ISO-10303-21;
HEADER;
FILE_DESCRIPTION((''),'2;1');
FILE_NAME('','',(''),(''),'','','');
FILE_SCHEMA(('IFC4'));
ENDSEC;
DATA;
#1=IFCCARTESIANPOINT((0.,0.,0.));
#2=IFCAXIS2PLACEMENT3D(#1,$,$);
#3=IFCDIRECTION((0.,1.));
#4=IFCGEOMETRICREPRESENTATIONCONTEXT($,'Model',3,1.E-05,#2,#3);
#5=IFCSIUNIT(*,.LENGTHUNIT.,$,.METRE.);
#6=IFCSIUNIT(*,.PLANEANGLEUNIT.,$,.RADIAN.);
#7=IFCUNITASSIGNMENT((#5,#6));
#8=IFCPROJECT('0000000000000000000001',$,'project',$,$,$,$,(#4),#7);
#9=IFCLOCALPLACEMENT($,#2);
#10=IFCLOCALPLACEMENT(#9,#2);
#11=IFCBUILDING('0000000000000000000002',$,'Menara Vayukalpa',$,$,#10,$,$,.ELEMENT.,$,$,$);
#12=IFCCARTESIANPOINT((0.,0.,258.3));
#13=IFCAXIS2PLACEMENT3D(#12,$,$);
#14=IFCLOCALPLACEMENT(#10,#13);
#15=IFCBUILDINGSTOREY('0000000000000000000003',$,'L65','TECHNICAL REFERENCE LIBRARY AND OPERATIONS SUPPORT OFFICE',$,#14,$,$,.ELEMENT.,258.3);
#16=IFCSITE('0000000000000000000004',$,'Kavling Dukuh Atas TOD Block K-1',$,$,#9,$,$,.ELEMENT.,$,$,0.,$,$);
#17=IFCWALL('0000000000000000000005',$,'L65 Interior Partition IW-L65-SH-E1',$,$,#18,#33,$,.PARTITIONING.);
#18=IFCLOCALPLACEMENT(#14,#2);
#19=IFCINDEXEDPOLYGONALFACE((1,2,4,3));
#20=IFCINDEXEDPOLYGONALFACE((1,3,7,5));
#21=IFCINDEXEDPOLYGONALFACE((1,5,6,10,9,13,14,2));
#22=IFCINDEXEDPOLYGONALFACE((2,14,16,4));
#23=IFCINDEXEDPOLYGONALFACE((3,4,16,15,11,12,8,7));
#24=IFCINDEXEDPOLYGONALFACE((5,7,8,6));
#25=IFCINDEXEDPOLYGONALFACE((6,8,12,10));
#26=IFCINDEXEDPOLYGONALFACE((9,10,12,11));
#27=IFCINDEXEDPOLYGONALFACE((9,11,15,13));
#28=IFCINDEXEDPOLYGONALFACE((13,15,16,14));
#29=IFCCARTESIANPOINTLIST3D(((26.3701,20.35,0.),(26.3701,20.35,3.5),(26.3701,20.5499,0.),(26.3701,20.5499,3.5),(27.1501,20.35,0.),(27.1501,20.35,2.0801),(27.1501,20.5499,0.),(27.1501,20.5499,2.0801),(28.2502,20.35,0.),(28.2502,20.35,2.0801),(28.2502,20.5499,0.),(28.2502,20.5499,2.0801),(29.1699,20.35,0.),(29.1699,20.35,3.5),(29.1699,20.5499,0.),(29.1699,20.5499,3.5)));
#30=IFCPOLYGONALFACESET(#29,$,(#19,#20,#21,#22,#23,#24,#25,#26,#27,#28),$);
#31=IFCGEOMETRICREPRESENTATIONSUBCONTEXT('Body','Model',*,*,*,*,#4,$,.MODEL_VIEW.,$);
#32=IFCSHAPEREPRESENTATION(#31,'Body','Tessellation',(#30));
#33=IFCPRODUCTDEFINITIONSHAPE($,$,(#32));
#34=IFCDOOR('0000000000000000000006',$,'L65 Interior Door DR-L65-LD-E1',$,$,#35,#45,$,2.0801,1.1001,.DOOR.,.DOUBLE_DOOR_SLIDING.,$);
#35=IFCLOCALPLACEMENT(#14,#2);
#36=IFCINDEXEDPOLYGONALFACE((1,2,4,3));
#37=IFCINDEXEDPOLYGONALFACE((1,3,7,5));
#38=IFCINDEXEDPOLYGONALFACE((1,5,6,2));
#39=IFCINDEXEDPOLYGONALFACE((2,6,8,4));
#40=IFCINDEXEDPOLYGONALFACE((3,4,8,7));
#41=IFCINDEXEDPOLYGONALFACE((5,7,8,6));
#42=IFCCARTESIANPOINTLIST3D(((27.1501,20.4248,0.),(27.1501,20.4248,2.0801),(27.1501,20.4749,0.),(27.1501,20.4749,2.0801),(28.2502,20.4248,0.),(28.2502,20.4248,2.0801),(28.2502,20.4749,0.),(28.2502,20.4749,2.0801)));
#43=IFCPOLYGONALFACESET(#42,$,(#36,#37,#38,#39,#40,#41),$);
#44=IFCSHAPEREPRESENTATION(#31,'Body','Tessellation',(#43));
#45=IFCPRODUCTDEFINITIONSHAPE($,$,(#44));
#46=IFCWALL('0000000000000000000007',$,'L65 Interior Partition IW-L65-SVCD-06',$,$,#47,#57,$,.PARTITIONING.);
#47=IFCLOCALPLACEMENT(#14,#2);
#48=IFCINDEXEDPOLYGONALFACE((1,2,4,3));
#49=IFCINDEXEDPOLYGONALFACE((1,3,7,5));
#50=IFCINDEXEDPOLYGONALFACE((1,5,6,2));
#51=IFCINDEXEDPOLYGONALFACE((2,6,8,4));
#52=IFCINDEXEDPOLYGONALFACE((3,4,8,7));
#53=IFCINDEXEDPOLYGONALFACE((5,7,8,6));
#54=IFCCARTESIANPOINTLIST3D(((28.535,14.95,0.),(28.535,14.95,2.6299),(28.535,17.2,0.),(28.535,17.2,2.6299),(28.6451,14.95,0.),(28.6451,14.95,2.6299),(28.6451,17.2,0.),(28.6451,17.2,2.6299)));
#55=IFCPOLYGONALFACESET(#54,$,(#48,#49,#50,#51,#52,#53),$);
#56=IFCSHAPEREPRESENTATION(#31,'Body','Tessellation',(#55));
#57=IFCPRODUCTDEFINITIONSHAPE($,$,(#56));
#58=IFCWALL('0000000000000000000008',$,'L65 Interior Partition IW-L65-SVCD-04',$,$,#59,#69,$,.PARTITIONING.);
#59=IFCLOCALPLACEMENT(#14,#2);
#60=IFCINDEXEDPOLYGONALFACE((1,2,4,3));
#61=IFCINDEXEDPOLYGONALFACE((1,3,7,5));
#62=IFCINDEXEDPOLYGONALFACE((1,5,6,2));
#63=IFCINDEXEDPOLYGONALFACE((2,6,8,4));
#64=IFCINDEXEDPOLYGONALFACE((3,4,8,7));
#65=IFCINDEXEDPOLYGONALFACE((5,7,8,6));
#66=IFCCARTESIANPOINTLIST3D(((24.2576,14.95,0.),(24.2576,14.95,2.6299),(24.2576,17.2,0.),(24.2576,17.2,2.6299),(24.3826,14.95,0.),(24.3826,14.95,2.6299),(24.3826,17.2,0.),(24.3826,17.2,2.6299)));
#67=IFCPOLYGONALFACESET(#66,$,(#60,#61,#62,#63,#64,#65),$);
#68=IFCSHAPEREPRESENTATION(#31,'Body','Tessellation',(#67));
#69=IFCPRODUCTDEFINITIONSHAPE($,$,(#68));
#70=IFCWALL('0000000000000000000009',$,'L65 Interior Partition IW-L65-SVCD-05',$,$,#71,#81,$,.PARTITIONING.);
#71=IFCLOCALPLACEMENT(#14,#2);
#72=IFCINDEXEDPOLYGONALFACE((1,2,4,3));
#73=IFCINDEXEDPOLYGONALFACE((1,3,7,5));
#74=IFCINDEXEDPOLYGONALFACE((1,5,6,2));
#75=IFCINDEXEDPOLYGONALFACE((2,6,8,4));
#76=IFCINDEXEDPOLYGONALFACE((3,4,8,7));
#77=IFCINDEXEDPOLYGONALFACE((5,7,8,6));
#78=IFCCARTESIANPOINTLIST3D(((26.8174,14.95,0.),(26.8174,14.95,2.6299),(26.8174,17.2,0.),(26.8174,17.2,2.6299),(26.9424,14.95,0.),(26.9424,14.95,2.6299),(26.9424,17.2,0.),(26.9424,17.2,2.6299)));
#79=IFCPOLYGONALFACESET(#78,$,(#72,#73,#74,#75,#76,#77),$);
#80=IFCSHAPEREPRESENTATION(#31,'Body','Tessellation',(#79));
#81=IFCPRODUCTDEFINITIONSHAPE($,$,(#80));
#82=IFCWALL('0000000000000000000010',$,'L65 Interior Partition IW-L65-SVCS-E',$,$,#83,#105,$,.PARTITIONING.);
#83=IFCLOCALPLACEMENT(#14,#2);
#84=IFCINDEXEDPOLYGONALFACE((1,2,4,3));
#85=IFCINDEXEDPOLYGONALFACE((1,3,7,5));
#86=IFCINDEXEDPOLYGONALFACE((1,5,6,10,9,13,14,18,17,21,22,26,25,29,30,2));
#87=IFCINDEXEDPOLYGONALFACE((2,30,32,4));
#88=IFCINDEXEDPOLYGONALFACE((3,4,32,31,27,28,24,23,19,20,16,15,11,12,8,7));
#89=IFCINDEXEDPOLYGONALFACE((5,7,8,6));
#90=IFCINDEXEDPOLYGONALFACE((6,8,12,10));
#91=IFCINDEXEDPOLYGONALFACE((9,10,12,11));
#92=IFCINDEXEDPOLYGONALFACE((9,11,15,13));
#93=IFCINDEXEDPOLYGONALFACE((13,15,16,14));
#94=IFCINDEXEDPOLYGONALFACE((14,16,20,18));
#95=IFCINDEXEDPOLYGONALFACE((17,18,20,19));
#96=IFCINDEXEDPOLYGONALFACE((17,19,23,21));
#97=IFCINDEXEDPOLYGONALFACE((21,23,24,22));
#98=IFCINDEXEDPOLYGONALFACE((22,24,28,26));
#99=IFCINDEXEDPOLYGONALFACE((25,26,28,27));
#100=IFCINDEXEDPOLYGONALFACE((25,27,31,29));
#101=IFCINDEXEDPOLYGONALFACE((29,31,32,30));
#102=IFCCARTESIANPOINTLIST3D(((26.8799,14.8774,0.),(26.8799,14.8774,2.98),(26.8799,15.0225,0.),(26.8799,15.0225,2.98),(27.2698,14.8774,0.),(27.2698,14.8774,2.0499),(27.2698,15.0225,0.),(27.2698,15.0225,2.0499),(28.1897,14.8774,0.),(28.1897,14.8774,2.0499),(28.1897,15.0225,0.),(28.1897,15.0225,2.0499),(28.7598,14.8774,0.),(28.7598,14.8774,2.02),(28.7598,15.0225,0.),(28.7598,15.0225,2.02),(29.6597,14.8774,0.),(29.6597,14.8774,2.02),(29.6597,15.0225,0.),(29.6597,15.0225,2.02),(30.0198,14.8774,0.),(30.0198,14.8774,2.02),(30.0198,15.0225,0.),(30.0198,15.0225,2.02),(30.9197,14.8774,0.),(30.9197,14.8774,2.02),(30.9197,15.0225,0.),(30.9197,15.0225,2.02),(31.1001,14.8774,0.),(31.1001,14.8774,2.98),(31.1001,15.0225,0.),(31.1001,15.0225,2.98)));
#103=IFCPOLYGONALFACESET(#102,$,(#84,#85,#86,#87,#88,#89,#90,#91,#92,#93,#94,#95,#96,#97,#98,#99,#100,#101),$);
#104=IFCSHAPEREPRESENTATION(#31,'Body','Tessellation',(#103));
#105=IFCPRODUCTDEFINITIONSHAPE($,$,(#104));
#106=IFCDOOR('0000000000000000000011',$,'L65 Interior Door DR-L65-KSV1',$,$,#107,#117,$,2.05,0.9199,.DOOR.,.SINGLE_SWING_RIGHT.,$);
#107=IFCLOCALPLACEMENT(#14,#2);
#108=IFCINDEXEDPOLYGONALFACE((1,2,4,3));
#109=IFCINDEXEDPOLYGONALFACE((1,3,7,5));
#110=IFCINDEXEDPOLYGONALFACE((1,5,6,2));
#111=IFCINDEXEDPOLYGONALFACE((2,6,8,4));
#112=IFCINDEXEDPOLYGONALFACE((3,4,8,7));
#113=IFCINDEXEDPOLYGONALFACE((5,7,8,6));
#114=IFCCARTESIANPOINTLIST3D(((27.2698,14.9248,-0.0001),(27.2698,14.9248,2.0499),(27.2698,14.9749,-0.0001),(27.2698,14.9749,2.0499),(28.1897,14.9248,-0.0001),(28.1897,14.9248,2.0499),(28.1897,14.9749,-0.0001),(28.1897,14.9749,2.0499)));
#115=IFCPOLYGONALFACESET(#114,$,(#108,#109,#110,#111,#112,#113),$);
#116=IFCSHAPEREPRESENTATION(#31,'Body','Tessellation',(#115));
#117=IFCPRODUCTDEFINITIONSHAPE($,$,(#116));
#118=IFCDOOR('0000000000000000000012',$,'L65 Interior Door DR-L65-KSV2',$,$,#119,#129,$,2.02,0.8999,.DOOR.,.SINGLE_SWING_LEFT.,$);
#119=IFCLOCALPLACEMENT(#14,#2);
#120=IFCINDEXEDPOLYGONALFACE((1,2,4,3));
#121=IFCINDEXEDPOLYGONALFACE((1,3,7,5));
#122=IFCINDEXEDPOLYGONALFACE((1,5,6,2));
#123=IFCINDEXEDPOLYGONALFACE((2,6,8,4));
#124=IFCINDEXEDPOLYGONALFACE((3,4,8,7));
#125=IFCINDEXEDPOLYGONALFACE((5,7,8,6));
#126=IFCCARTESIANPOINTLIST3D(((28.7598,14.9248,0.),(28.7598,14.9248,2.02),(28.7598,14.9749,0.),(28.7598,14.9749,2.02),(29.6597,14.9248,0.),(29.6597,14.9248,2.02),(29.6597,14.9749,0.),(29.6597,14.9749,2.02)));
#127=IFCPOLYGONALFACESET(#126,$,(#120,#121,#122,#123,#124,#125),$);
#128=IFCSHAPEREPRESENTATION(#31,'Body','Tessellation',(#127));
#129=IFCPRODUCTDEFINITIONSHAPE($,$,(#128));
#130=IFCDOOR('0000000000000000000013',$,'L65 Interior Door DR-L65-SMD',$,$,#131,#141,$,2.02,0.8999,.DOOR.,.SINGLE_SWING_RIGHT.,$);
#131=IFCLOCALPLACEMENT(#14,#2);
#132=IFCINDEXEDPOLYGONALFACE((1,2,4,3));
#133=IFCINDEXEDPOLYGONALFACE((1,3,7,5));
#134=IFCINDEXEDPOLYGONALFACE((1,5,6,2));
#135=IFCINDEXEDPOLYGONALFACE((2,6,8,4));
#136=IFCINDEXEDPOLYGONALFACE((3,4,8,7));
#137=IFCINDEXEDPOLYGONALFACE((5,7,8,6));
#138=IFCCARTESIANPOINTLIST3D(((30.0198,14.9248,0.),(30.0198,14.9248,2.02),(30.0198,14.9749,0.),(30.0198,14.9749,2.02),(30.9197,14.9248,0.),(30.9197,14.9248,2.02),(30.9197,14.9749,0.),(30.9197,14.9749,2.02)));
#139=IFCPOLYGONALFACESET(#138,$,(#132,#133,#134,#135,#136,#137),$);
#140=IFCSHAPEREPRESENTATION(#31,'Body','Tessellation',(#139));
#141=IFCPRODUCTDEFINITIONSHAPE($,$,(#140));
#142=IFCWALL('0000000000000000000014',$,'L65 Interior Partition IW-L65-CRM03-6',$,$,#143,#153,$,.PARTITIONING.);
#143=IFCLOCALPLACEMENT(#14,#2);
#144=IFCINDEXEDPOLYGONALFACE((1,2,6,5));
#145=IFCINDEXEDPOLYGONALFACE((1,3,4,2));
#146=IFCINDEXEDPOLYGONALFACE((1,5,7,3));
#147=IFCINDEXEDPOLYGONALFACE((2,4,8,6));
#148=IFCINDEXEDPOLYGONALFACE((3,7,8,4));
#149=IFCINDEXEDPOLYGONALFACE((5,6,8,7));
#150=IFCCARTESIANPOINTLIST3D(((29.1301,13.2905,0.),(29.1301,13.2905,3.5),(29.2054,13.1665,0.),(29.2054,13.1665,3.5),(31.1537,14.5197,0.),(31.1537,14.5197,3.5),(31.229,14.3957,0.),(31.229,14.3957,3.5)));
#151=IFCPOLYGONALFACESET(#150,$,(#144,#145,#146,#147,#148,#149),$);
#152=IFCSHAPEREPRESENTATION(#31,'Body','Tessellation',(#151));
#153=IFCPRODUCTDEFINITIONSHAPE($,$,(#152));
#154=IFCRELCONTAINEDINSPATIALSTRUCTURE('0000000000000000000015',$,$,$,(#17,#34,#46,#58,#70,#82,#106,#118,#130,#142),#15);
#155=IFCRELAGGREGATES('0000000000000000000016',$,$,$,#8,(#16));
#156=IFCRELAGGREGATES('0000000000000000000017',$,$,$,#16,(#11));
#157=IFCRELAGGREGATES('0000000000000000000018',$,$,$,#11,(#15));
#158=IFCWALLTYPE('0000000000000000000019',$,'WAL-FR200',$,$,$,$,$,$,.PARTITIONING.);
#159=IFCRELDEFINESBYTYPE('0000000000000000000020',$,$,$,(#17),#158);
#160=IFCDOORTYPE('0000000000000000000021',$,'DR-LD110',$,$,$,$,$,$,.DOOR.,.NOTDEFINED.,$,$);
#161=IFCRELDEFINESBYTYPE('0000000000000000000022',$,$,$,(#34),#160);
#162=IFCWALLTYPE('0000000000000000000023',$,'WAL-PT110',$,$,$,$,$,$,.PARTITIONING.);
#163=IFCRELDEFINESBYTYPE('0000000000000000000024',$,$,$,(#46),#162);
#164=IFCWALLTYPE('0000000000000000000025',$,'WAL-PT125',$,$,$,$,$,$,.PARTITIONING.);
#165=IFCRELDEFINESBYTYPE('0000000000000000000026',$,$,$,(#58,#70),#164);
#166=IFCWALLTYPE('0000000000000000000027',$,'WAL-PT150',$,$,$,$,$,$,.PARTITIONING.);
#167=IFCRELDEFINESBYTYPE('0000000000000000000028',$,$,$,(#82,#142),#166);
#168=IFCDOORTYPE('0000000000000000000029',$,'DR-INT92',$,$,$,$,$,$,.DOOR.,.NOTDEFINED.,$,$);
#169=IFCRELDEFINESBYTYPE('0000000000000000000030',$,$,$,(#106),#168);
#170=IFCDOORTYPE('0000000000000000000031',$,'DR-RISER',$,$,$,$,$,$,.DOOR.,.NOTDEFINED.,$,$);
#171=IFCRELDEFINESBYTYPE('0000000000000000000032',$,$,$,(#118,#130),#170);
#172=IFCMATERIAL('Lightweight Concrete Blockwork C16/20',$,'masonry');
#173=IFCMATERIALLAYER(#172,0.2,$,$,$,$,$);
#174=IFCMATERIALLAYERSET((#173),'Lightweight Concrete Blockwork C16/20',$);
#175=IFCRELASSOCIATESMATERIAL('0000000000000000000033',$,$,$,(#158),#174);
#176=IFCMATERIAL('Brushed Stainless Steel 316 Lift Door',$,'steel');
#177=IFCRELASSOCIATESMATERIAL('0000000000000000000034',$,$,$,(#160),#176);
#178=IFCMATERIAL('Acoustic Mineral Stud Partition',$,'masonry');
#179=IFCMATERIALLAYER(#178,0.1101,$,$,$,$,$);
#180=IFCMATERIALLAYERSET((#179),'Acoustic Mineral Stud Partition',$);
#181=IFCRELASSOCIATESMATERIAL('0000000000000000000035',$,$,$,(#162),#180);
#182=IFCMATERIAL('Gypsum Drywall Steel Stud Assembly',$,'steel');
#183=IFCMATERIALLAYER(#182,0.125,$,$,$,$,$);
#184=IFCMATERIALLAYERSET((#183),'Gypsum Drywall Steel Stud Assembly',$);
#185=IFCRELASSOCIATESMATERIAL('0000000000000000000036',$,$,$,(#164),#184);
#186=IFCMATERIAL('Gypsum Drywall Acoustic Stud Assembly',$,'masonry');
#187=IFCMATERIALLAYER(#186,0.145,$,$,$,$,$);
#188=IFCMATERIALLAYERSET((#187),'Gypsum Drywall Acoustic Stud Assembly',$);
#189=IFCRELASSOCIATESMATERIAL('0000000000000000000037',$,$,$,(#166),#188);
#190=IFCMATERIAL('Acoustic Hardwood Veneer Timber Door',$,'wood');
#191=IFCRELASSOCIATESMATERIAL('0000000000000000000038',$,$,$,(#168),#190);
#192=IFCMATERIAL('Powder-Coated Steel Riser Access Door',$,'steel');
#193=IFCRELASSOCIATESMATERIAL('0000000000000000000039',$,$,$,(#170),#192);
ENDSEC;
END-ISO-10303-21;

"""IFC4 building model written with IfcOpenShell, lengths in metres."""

from ifc_helpers import new_model, si_unit, direction, frame, frame_2d, origin, place, context, subcontext, project, spatial, rectangle, extrude, material, layer, layer_set, type_object, element, fill, save


model = new_model("IFC4")

# Units and contexts
model_context = context("Model", 3, precision=1e-05, world=origin(), true_north=direction((0.0, 1.0)))
body_context = subcontext(model_context, "Body", "Model", "MODEL_VIEW")
ifc_project = project(units=[si_unit("LENGTHUNIT", "METRE"), si_unit("PLANEANGLEUNIT", "RADIAN")], contexts=[model_context])

# Site, building, storey
site_placement = place(None, origin())
site = spatial("IfcSite", under=ifc_project, at=site_placement, Name="Kavling Dukuh Atas TOD Block K-1", CompositionType="ELEMENT", RefElevation=0.0)
building_placement = place(site_placement, origin())
building = spatial("IfcBuilding", under=site, at=building_placement, Name="Menara Vayukalpa", CompositionType="ELEMENT")
storey_placement = place(building_placement, frame((0.0, 0.0, 258.3)))
storey = spatial("IfcBuildingStorey", under=building, at=storey_placement, Name="L65", Description="TECHNICAL REFERENCE LIBRARY AND OPERATIONS SUPPORT OFFICE", CompositionType="ELEMENT", Elevation=258.3)

# Wall, opening, door
ifc_material_1 = material(Name="Lightweight Concrete Blockwork C16/20", Category="masonry")
ifc_layer_1 = layer(ifc_material_1, 0.2)
ifc_layer_set_1 = layer_set([ifc_layer_1], Name="Lightweight Concrete Blockwork C16/20")
wall_type_1 = type_object("IfcWallType", Name="WAL-FR200", PredefinedType="PARTITIONING", material=ifc_layer_set_1)
wall_1_placement = place(storey_placement, frame((26.3701, 20.45, 0.0), z_axis=(0.0, 0.0, 1.0), x_axis=(1.0, 0.0, 0.0)))
wall_1 = element("IfcWall", 1, at=wall_1_placement, inside=storey, type_object=wall_type_1, Name="L65 Interior Partition IW-L65-SH-E1", PredefinedType="PARTITIONING", context=body_context, shape_type="SweptSolid", body=[
    extrude(rectangle(XDim=2.7998, YDim=0.2, at=frame_2d((1.3999, 0.0))), origin(), (0.0, 0.0, 1.0), 3.5),
])
opening_1_placement = place(wall_1_placement, frame((0.78, 0.0, 0.0)))
opening_1 = element("IfcOpeningElement", 2, at=opening_1_placement, cuts=wall_1, PredefinedType="OPENING", context=body_context, shape_type="SweptSolid", body=[
    extrude(rectangle(XDim=1.1001, YDim=2.0801, at=frame_2d((0.55, 1.04))), frame((0.0, 0.1099, 0.0), z_axis=(0.0, -1.0, 0.0), x_axis=(1.0, 0.0, 0.0)), (0.0, 0.0, 1.0), 0.22),
])
ifc_material_2 = material(Name="Brushed Stainless Steel 316 Lift Door", Category="steel")
door_type_1 = type_object("IfcDoorType", Name="DR-LD110", OperationType="NOTDEFINED", PredefinedType="DOOR", material=ifc_material_2)
door_1_placement = place(opening_1_placement, origin())
door_1 = element("IfcDoor", 3, at=door_1_placement, inside=storey, type_object=door_type_1, Name="L65 Interior Door DR-L65-LD-E1", OperationType="DOUBLE_DOOR_SLIDING", OverallHeight=2.0801, OverallWidth=1.1001, PredefinedType="DOOR", context=body_context, shape_type="SweptSolid", body=[
    extrude(rectangle(XDim=1.1001, YDim=2.0801, at=frame_2d((0.55, 1.04))), frame((0.0, 0.0249, 0.0), z_axis=(0.0, -1.0, 0.0), x_axis=(1.0, 0.0, 0.0)), (0.0, 0.0, 1.0), 0.05),
])
fill(opening_1, door_1)

# Walls
ifc_material_3 = material(Name="Acoustic Mineral Stud Partition", Category="masonry")
ifc_layer_2 = layer(ifc_material_3, 0.1101)
ifc_layer_set_2 = layer_set([ifc_layer_2], Name="Acoustic Mineral Stud Partition")
wall_type_2 = type_object("IfcWallType", Name="WAL-PT110", PredefinedType="PARTITIONING", material=ifc_layer_set_2)
wall_2_placement = place(storey_placement, frame((28.5901, 14.95, 0.0), z_axis=(0.0, 0.0, 1.0), x_axis=(0.0, 1.0, 0.0)))
element("IfcWall", 4, at=wall_2_placement, inside=storey, type_object=wall_type_2, Name="L65 Interior Partition IW-L65-SVCD-06", PredefinedType="PARTITIONING", context=body_context, shape_type="SweptSolid", body=[
    extrude(rectangle(XDim=2.25, YDim=0.1101, at=frame_2d((1.125, 0.0))), origin(), (0.0, 0.0, 1.0), 2.6299),
])
ifc_material_4 = material(Name="Gypsum Drywall Steel Stud Assembly", Category="steel")
ifc_layer_3 = layer(ifc_material_4, 0.125)
ifc_layer_set_3 = layer_set([ifc_layer_3], Name="Gypsum Drywall Steel Stud Assembly")
wall_type_3 = type_object("IfcWallType", Name="WAL-PT125", PredefinedType="PARTITIONING", material=ifc_layer_set_3)
for number, where, z_axis, x_axis, name in (
    (5, (24.3201, 14.95, 0.0), (0.0, 0.0, 1.0), (0.0, 1.0, 0.0), "L65 Interior Partition IW-L65-SVCD-04"),
    (6, (26.8799, 14.95, 0.0), (0.0, 0.0, 1.0), (0.0, 1.0, 0.0), "L65 Interior Partition IW-L65-SVCD-05"),
):
    element("IfcWall", number, at=place(storey_placement, frame(where, z_axis=z_axis, x_axis=x_axis)), inside=storey, type_object=wall_type_3, Name=name, PredefinedType="PARTITIONING", context=body_context, shape_type="SweptSolid", body=[
        extrude(rectangle(XDim=2.25, YDim=0.125, at=frame_2d((1.125, 0.0))), origin(), (0.0, 0.0, 1.0), 2.6299),
    ])

# Wall, openings, doors
ifc_material_5 = material(Name="Gypsum Drywall Acoustic Stud Assembly", Category="masonry")
ifc_layer_4 = layer(ifc_material_5, 0.145)
ifc_layer_set_4 = layer_set([ifc_layer_4], Name="Gypsum Drywall Acoustic Stud Assembly")
wall_type_4 = type_object("IfcWallType", Name="WAL-PT150", PredefinedType="PARTITIONING", material=ifc_layer_set_4)
wall_3_placement = place(storey_placement, frame((26.8799, 14.95, 0.0), z_axis=(0.0, 0.0, 1.0), x_axis=(1.0, 0.0, 0.0)))
wall_3 = element("IfcWall", 7, at=wall_3_placement, inside=storey, type_object=wall_type_4, Name="L65 Interior Partition IW-L65-SVCS-E", PredefinedType="PARTITIONING", context=body_context, shape_type="SweptSolid", body=[
    extrude(rectangle(XDim=4.2202, YDim=0.145, at=frame_2d((2.1101, 0.0))), origin(), (0.0, 0.0, 1.0), 2.98),
])
opening_2_placement = place(wall_3_placement, frame((0.3899, 0.0, 0.0)))
opening_2 = element("IfcOpeningElement", 8, at=opening_2_placement, cuts=wall_3, PredefinedType="OPENING", context=body_context, shape_type="SweptSolid", body=[
    extrude(rectangle(XDim=0.9199, YDim=2.05, at=frame_2d((0.46, 1.0249))), frame((0.0, 0.0825, 0.0), z_axis=(0.0, -1.0, 0.0), x_axis=(1.0, 0.0, 0.0)), (0.0, 0.0, 1.0), 0.165),
])
opening_3_placement = place(wall_3_placement, frame((1.8799, 0.0, 0.0)))
opening_3 = element("IfcOpeningElement", 9, at=opening_3_placement, cuts=wall_3, PredefinedType="OPENING", context=body_context, shape_type="SweptSolid", body=[
    extrude(rectangle(XDim=0.8999, YDim=2.02, at=frame_2d((0.45, 1.01))), frame((0.0, 0.0825, 0.0), z_axis=(0.0, -1.0, 0.0), x_axis=(1.0, 0.0, 0.0)), (0.0, 0.0, 1.0), 0.165),
])
opening_4_placement = place(wall_3_placement, frame((3.1399, 0.0, 0.0)))
opening_4 = element("IfcOpeningElement", 10, at=opening_4_placement, cuts=wall_3, PredefinedType="OPENING", context=body_context, shape_type="SweptSolid", body=[
    extrude(rectangle(XDim=0.8999, YDim=2.02, at=frame_2d((0.45, 1.01))), frame((0.0, 0.0825, 0.0), z_axis=(0.0, -1.0, 0.0), x_axis=(1.0, 0.0, 0.0)), (0.0, 0.0, 1.0), 0.165),
])
ifc_material_6 = material(Name="Acoustic Hardwood Veneer Timber Door", Category="wood")
door_type_2 = type_object("IfcDoorType", Name="DR-INT92", OperationType="NOTDEFINED", PredefinedType="DOOR", material=ifc_material_6)
door_2_placement = place(opening_2_placement, origin())
door_2 = element("IfcDoor", 11, at=door_2_placement, inside=storey, type_object=door_type_2, Name="L65 Interior Door DR-L65-KSV1", OperationType="SINGLE_SWING_RIGHT", OverallHeight=2.05, OverallWidth=0.9199, PredefinedType="DOOR", context=body_context, shape_type="SweptSolid", body=[
    extrude(rectangle(XDim=0.9199, YDim=2.05, at=frame_2d((0.46, 1.0249))), frame((0.0, 0.0249, 0.0), z_axis=(0.0, -1.0, 0.0), x_axis=(1.0, 0.0, 0.0)), (0.0, 0.0, 1.0), 0.05),
])
fill(opening_2, door_2)
ifc_material_7 = material(Name="Powder-Coated Steel Riser Access Door", Category="steel")
door_type_3 = type_object("IfcDoorType", Name="DR-RISER", OperationType="NOTDEFINED", PredefinedType="DOOR", material=ifc_material_7)
door_3_placement = place(opening_3_placement, origin())
door_3 = element("IfcDoor", 12, at=door_3_placement, inside=storey, type_object=door_type_3, Name="L65 Interior Door DR-L65-KSV2", OperationType="SINGLE_SWING_LEFT", OverallHeight=2.02, OverallWidth=0.8999, PredefinedType="DOOR", context=body_context, shape_type="SweptSolid", body=[
    extrude(rectangle(XDim=0.8999, YDim=2.02, at=frame_2d((0.45, 1.01))), frame((0.0, 0.0249, 0.0), z_axis=(0.0, -1.0, 0.0), x_axis=(1.0, 0.0, 0.0)), (0.0, 0.0, 1.0), 0.05),
])
fill(opening_3, door_3)
door_4_placement = place(opening_4_placement, origin())
door_4 = element("IfcDoor", 13, at=door_4_placement, inside=storey, type_object=door_type_3, Name="L65 Interior Door DR-L65-SMD", OperationType="SINGLE_SWING_RIGHT", OverallHeight=2.02, OverallWidth=0.8999, PredefinedType="DOOR", context=body_context, shape_type="SweptSolid", body=[
    extrude(rectangle(XDim=0.8999, YDim=2.02, at=frame_2d((0.45, 1.01))), frame((0.0, 0.0249, 0.0), z_axis=(0.0, -1.0, 0.0), x_axis=(1.0, 0.0, 0.0)), (0.0, 0.0, 1.0), 0.05),
])
fill(opening_4, door_4)

# Wall
wall_4_placement = place(storey_placement, frame((29.1677, 13.2285, 0.0), z_axis=(0.0, 0.0, 1.0), x_axis=(0.854678, 0.519158, 0.0)))
element("IfcWall", 14, at=wall_4_placement, inside=storey, type_object=wall_type_4, Name="L65 Interior Partition IW-L65-CRM03-6", PredefinedType="PARTITIONING", context=body_context, shape_type="SweptSolid", body=[
    extrude(rectangle(XDim=2.3677, YDim=0.145, at=frame_2d((1.1838, 0.0))), origin(), (0.0, 0.0, 1.0), 3.5),
])

save(model, "model.ifc")
